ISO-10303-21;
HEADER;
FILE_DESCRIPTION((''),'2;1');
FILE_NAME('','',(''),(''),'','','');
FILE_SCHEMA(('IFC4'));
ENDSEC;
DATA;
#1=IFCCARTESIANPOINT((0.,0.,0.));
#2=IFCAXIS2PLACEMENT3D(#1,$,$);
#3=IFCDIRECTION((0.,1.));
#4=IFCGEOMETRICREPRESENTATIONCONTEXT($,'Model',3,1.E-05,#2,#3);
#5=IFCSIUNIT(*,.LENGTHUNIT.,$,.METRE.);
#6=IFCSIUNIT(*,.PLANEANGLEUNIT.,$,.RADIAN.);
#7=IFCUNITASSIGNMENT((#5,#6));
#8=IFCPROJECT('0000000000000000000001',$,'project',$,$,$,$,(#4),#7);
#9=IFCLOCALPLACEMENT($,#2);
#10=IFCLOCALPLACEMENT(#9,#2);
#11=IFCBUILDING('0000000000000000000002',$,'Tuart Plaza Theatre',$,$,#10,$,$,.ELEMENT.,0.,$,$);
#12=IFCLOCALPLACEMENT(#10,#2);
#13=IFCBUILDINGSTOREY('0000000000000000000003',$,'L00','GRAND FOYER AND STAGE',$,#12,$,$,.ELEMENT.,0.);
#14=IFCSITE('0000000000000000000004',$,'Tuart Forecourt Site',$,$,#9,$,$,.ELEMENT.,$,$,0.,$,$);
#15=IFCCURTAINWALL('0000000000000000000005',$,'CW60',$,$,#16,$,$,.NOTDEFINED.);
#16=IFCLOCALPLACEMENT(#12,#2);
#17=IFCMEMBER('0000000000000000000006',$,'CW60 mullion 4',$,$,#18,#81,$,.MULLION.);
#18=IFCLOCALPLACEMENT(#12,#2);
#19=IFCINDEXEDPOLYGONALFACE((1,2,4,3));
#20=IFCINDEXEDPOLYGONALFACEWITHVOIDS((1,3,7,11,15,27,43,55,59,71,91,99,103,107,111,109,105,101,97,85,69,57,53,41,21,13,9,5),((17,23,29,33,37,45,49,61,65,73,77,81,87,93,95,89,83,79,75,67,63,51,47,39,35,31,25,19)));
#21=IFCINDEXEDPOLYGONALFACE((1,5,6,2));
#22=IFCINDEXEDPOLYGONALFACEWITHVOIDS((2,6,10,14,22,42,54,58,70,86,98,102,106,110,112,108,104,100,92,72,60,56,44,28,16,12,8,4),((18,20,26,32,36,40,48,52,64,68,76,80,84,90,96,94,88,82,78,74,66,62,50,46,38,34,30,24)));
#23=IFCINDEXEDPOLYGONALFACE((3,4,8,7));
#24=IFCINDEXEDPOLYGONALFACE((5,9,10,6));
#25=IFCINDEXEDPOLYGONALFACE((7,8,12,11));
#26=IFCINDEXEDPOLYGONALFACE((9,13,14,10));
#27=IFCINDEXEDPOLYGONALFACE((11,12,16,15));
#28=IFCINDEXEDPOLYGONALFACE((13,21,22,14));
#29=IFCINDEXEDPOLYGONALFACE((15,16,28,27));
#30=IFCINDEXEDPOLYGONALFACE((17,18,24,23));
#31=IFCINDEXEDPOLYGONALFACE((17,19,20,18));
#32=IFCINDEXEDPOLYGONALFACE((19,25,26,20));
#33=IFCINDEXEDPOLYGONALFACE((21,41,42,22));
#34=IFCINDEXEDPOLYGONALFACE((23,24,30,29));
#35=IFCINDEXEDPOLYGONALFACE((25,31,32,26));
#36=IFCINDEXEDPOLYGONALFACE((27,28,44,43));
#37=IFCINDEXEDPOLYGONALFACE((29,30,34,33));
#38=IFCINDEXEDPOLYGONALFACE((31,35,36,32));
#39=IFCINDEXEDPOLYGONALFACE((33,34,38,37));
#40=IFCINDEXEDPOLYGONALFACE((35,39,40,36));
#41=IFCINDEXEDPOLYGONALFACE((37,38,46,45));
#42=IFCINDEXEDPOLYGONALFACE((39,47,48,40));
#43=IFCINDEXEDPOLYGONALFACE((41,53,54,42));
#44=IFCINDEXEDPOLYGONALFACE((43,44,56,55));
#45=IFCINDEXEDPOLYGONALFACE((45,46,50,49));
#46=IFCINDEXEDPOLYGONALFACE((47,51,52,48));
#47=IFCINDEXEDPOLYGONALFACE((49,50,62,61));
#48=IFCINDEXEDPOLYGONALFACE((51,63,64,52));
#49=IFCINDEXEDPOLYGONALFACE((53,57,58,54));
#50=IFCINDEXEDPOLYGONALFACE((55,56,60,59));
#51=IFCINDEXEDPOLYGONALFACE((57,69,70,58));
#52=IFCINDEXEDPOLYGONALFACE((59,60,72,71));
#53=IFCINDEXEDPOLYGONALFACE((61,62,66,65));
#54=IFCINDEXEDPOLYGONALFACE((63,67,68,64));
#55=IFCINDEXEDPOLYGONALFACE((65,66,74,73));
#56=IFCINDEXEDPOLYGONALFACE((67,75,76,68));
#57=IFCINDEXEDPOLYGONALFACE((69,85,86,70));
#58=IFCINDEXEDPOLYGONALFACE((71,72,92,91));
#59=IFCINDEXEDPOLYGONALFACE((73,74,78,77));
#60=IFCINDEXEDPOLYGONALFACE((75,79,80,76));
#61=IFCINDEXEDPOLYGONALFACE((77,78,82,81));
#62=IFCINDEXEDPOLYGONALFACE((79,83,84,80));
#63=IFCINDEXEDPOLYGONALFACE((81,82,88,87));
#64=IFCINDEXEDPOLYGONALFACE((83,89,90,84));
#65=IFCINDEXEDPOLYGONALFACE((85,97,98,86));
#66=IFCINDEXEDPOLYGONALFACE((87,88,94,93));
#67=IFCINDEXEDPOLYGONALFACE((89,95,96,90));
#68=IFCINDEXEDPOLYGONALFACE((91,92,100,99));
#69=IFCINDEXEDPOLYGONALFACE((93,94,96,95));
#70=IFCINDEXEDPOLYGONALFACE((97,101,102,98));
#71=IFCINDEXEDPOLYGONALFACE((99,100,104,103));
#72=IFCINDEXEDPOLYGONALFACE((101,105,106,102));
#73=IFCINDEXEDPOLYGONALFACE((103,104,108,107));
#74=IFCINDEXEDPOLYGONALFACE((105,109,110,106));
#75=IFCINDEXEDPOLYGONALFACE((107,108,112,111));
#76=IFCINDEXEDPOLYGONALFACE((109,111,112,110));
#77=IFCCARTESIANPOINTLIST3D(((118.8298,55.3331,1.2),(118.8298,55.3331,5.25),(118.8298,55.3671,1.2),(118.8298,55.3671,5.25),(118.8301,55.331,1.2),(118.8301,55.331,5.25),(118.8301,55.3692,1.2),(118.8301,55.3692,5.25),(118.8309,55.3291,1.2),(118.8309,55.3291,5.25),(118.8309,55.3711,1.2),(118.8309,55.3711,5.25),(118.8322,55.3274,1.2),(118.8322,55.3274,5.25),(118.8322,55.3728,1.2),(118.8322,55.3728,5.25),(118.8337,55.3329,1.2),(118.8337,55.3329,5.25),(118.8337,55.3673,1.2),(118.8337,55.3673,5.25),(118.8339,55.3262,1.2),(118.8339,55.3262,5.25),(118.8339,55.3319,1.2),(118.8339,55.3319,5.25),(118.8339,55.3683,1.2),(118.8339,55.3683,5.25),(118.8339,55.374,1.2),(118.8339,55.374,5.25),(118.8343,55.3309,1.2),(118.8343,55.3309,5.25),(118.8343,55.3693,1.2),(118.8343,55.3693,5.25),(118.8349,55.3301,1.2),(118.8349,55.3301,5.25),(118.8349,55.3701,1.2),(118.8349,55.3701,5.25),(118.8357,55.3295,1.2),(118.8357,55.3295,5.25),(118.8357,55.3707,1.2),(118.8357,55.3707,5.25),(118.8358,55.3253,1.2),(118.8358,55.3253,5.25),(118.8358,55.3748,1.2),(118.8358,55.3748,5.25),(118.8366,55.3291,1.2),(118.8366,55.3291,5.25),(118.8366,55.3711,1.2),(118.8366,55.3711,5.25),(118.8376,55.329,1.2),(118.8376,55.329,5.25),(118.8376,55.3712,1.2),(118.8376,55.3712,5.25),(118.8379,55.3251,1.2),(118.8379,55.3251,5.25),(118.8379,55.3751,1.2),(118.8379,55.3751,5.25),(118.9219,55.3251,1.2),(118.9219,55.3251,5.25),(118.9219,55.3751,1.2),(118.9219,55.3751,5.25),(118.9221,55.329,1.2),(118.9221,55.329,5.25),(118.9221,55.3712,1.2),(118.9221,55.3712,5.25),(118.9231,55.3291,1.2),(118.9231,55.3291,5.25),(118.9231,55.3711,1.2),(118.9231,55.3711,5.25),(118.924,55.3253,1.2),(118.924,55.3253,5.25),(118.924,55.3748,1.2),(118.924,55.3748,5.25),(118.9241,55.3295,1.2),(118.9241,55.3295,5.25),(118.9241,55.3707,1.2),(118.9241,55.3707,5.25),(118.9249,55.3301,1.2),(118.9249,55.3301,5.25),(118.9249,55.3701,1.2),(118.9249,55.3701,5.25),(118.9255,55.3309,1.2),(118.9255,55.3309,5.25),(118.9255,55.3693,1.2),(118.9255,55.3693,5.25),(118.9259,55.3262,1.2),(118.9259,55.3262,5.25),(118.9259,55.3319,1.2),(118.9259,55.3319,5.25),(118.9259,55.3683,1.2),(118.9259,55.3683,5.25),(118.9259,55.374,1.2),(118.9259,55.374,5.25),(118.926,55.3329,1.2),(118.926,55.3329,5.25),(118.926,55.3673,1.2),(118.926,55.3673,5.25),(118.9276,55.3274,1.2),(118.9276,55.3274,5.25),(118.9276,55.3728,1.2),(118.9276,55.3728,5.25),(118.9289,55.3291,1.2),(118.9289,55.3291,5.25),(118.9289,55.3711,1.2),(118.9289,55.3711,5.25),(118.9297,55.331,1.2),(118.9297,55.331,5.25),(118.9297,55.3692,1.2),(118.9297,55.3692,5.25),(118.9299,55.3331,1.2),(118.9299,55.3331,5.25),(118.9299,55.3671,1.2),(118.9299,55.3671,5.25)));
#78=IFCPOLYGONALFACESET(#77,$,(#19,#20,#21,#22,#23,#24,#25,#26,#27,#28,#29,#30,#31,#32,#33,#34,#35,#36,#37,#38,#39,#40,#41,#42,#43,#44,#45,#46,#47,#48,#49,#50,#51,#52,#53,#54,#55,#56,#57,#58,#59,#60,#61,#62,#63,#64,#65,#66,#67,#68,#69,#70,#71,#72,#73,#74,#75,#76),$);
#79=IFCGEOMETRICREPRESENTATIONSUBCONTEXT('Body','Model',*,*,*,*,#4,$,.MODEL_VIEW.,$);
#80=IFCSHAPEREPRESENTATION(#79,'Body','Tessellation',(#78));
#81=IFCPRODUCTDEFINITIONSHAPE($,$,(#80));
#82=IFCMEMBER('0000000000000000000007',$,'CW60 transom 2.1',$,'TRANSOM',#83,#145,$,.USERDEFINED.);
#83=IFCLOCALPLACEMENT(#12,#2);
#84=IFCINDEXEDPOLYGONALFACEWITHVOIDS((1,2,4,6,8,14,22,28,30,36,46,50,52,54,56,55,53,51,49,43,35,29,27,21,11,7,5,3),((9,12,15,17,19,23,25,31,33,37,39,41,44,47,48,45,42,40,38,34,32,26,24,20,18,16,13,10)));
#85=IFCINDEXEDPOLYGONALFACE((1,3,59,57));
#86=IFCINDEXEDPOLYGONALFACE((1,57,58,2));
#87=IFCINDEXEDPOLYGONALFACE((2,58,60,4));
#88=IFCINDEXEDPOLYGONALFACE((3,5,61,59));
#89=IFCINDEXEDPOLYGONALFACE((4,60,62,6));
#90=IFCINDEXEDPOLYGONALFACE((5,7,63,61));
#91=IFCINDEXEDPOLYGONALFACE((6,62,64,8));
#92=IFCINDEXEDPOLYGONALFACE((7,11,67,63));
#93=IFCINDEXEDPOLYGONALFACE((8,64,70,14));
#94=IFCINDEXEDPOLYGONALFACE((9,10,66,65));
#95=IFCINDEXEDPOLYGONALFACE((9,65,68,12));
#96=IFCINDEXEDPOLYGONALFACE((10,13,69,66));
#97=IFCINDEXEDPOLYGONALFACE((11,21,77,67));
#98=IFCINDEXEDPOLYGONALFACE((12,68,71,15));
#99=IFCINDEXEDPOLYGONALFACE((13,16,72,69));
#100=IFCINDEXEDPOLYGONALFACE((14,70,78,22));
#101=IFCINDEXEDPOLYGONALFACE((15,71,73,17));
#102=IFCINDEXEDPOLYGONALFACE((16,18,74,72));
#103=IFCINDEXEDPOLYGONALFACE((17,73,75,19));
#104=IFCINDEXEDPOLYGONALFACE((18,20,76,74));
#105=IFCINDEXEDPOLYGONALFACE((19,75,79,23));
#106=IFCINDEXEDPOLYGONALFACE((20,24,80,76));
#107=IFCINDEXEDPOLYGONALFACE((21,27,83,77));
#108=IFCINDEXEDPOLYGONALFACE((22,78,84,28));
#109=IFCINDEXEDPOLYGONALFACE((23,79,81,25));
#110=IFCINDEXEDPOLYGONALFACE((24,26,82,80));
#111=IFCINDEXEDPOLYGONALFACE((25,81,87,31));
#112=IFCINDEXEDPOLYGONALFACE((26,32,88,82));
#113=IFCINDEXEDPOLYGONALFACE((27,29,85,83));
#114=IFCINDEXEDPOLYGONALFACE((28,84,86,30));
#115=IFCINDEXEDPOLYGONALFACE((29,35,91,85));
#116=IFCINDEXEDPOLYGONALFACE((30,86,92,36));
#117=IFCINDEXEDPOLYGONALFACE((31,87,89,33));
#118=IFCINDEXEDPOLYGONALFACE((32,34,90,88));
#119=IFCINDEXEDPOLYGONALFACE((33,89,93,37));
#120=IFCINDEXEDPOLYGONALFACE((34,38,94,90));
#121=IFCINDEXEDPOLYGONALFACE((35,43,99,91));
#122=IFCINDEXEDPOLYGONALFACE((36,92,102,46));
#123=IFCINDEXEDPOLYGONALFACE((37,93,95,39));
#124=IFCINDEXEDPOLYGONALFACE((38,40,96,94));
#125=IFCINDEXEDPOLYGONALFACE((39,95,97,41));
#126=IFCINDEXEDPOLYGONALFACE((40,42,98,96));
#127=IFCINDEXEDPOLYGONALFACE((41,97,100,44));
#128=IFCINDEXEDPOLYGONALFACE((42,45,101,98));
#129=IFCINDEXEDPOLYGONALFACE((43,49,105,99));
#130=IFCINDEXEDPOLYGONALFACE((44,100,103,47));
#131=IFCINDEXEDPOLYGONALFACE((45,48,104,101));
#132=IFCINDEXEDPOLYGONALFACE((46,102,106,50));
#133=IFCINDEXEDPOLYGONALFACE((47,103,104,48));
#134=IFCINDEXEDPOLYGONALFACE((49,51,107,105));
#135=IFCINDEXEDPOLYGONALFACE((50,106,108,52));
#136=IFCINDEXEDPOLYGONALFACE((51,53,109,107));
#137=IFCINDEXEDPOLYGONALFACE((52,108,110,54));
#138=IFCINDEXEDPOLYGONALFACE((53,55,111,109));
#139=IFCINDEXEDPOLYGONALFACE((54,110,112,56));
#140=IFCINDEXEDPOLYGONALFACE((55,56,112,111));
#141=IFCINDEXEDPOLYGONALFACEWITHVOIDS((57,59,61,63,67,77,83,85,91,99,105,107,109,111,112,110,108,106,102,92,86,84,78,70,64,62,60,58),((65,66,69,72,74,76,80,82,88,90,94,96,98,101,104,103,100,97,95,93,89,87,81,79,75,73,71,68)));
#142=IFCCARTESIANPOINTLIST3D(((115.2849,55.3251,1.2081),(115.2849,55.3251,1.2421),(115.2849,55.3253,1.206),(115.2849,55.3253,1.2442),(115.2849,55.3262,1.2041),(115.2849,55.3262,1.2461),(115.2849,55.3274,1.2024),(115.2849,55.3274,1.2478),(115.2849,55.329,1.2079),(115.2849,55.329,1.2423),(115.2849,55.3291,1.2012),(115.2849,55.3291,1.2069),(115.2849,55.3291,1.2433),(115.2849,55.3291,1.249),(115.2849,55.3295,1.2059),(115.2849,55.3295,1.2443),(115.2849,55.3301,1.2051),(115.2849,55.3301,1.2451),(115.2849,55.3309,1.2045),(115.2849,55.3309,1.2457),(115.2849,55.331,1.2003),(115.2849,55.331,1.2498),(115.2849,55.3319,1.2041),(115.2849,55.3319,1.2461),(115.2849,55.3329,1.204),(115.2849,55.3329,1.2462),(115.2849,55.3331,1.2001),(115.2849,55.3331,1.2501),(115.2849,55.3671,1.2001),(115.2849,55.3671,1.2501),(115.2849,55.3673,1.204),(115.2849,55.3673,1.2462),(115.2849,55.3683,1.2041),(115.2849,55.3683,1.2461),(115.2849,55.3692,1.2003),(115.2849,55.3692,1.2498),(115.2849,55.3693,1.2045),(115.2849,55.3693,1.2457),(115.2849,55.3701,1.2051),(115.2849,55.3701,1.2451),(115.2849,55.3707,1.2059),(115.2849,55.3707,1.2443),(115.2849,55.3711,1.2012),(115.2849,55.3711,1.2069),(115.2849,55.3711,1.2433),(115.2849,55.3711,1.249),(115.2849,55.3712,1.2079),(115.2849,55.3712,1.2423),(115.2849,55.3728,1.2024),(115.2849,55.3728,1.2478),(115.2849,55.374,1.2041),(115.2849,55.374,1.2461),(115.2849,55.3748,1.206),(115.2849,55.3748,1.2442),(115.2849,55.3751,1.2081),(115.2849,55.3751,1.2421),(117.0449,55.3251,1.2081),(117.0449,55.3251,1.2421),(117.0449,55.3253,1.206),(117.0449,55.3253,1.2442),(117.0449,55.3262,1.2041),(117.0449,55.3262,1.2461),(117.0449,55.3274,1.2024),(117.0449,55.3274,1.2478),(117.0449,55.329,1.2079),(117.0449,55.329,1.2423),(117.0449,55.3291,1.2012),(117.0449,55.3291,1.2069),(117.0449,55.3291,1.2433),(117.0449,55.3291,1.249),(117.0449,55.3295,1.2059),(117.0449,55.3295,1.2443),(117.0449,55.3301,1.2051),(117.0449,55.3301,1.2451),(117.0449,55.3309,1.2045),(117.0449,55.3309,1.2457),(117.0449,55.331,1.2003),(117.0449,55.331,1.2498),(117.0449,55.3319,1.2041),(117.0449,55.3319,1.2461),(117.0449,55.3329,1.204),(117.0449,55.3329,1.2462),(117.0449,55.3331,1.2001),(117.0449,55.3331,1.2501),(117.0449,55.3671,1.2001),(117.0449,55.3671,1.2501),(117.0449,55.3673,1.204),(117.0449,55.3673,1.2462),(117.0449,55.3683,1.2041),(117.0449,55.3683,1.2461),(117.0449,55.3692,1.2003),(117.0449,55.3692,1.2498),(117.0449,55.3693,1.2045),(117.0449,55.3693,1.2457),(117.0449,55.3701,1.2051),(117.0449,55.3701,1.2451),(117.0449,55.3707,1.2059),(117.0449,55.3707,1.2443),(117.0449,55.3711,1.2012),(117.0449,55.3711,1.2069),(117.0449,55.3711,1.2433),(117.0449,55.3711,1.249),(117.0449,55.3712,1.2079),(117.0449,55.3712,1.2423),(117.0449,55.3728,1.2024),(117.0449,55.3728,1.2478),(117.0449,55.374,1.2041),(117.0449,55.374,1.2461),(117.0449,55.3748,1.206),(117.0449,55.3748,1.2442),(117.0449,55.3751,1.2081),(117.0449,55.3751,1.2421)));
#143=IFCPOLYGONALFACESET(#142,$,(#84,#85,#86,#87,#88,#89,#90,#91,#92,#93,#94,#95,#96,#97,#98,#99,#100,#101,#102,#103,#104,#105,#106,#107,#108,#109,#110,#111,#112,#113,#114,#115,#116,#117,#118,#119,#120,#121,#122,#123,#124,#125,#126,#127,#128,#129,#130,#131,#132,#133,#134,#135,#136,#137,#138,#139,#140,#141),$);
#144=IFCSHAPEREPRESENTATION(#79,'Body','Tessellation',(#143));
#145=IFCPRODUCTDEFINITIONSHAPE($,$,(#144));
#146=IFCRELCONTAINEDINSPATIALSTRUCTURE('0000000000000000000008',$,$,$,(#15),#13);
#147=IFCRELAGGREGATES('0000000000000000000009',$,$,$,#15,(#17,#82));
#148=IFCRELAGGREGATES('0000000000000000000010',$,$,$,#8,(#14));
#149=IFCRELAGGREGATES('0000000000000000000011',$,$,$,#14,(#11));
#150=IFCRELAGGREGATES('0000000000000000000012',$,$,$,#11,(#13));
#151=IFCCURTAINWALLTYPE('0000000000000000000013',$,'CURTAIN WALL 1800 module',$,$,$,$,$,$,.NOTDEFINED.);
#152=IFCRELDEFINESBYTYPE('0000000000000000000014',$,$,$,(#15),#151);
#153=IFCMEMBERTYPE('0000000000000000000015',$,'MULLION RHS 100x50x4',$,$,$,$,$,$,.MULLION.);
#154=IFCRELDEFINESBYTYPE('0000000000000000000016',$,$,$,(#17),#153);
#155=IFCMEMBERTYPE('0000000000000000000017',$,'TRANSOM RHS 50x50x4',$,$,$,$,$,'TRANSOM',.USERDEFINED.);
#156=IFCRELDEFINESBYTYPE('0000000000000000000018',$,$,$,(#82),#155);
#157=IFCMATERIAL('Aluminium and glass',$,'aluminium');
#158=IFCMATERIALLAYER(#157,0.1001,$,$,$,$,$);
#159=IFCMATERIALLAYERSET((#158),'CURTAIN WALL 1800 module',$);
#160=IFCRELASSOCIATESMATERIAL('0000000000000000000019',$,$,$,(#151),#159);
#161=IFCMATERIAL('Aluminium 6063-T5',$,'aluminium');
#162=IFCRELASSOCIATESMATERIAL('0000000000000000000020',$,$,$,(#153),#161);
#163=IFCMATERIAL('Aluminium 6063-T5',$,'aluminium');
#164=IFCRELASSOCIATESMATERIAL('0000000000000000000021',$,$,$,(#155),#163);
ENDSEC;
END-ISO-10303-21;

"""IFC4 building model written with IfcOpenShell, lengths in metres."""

from ifc_helpers import new_model, si_unit, direction, frame, origin, origin_2d, place, context, subcontext, project, spatial, hollow_rectangle, extrude, material, layer, layer_set, material_profile, profile_set, type_object, element, aggregate, save


model = new_model("IFC4")

# Units and contexts
model_context = context("Model", 3, precision=1e-05, world=origin(), true_north=direction((0.0, 1.0)))
body_context = subcontext(model_context, "Body", "Model", "MODEL_VIEW")
ifc_project = project(units=[si_unit("LENGTHUNIT", "METRE"), si_unit("PLANEANGLEUNIT", "RADIAN")], contexts=[model_context])

# Site, building, storey
site_placement = place(None, origin())
site = spatial("IfcSite", under=ifc_project, at=site_placement, Name="Tuart Forecourt Site", CompositionType="ELEMENT", RefElevation=0.0)
building_placement = place(site_placement, origin())
building = spatial("IfcBuilding", under=site, at=building_placement, Name="Tuart Plaza Theatre", CompositionType="ELEMENT", ElevationOfRefHeight=0.0)
storey_placement = place(building_placement, origin())
storey = spatial("IfcBuildingStorey", under=building, at=storey_placement, Name="L00", Description="GRAND FOYER AND STAGE", CompositionType="ELEMENT", Elevation=0.0)

# Curtain wall, members
ifc_material_1 = material(Name="Aluminium and glass", Category="aluminium")
ifc_layer_1 = layer(ifc_material_1, 0.1001)
ifc_layer_set_1 = layer_set([ifc_layer_1], Name="CURTAIN WALL 1800 module")
curtain_wall_type = type_object("IfcCurtainWallType", Name="CURTAIN WALL 1800 module", PredefinedType="NOTDEFINED", material=ifc_layer_set_1)
curtain_wall_placement = place(storey_placement, origin())
curtain_wall = element("IfcCurtainWall", 1, at=curtain_wall_placement, inside=storey, type_object=curtain_wall_type, Name="CW60", PredefinedType="NOTDEFINED")
ifc_material_2 = material(Name="Aluminium 6063-T5", Category="aluminium")
ifc_material_profile_1 = material_profile(ifc_material_2, hollow_rectangle(XDim=0.05, YDim=0.1001, WallThickness=0.0039, InnerFilletRadius=0.0039, OuterFilletRadius=0.0081, at=origin_2d()), Name="RHS 100x50x4")
ifc_profile_set_1 = profile_set([ifc_material_profile_1], Name="Aluminium 6063-T5")
member_type_1 = type_object("IfcMemberType", Name="MULLION RHS 100x50x4", PredefinedType="MULLION", material=ifc_profile_set_1)
member_1_placement = place(storey_placement, frame((118.8799, 55.3501, 1.2), z_axis=(0.0, 0.0, 1.0), x_axis=(0.0, 1.0, 0.0)))
member_1 = element("IfcMember", 2, at=member_1_placement, type_object=member_type_1, Name="CW60 mullion 4", PredefinedType="MULLION", context=body_context, shape_type="SweptSolid", body=[
    extrude(hollow_rectangle(XDim=0.05, YDim=0.1001, WallThickness=0.0039, InnerFilletRadius=0.0039, OuterFilletRadius=0.0081, at=origin_2d()), origin(), (0.0, 0.0, 1.0), 4.05),
])
ifc_material_3 = material(Name="Aluminium 6063-T5", Category="aluminium")
ifc_material_profile_2 = material_profile(ifc_material_3, hollow_rectangle(XDim=0.05, YDim=0.05, WallThickness=0.0039, InnerFilletRadius=0.0039, OuterFilletRadius=0.0081, at=origin_2d()), Name="RHS 50x50x4")
ifc_profile_set_2 = profile_set([ifc_material_profile_2], Name="Aluminium 6063-T5")
member_type_2 = type_object("IfcMemberType", Name="TRANSOM RHS 50x50x4", ElementType="TRANSOM", PredefinedType="USERDEFINED", material=ifc_profile_set_2)
member_2_placement = place(storey_placement, frame((115.2849, 55.3501, 1.2251), z_axis=(1.0, 0.0, 0.0), x_axis=(0.0, 1.0, 0.0)))
member_2 = element("IfcMember", 3, at=member_2_placement, type_object=member_type_2, Name="CW60 transom 2.1", ObjectType="TRANSOM", PredefinedType="USERDEFINED", context=body_context, shape_type="SweptSolid", body=[
    extrude(hollow_rectangle(XDim=0.05, YDim=0.05, WallThickness=0.0039, InnerFilletRadius=0.0039, OuterFilletRadius=0.0081, at=origin_2d()), origin(), (0.0, 0.0, 1.0), 1.76),
])
aggregate(curtain_wall, [member_1, member_2])

save(model, "model.ifc")
